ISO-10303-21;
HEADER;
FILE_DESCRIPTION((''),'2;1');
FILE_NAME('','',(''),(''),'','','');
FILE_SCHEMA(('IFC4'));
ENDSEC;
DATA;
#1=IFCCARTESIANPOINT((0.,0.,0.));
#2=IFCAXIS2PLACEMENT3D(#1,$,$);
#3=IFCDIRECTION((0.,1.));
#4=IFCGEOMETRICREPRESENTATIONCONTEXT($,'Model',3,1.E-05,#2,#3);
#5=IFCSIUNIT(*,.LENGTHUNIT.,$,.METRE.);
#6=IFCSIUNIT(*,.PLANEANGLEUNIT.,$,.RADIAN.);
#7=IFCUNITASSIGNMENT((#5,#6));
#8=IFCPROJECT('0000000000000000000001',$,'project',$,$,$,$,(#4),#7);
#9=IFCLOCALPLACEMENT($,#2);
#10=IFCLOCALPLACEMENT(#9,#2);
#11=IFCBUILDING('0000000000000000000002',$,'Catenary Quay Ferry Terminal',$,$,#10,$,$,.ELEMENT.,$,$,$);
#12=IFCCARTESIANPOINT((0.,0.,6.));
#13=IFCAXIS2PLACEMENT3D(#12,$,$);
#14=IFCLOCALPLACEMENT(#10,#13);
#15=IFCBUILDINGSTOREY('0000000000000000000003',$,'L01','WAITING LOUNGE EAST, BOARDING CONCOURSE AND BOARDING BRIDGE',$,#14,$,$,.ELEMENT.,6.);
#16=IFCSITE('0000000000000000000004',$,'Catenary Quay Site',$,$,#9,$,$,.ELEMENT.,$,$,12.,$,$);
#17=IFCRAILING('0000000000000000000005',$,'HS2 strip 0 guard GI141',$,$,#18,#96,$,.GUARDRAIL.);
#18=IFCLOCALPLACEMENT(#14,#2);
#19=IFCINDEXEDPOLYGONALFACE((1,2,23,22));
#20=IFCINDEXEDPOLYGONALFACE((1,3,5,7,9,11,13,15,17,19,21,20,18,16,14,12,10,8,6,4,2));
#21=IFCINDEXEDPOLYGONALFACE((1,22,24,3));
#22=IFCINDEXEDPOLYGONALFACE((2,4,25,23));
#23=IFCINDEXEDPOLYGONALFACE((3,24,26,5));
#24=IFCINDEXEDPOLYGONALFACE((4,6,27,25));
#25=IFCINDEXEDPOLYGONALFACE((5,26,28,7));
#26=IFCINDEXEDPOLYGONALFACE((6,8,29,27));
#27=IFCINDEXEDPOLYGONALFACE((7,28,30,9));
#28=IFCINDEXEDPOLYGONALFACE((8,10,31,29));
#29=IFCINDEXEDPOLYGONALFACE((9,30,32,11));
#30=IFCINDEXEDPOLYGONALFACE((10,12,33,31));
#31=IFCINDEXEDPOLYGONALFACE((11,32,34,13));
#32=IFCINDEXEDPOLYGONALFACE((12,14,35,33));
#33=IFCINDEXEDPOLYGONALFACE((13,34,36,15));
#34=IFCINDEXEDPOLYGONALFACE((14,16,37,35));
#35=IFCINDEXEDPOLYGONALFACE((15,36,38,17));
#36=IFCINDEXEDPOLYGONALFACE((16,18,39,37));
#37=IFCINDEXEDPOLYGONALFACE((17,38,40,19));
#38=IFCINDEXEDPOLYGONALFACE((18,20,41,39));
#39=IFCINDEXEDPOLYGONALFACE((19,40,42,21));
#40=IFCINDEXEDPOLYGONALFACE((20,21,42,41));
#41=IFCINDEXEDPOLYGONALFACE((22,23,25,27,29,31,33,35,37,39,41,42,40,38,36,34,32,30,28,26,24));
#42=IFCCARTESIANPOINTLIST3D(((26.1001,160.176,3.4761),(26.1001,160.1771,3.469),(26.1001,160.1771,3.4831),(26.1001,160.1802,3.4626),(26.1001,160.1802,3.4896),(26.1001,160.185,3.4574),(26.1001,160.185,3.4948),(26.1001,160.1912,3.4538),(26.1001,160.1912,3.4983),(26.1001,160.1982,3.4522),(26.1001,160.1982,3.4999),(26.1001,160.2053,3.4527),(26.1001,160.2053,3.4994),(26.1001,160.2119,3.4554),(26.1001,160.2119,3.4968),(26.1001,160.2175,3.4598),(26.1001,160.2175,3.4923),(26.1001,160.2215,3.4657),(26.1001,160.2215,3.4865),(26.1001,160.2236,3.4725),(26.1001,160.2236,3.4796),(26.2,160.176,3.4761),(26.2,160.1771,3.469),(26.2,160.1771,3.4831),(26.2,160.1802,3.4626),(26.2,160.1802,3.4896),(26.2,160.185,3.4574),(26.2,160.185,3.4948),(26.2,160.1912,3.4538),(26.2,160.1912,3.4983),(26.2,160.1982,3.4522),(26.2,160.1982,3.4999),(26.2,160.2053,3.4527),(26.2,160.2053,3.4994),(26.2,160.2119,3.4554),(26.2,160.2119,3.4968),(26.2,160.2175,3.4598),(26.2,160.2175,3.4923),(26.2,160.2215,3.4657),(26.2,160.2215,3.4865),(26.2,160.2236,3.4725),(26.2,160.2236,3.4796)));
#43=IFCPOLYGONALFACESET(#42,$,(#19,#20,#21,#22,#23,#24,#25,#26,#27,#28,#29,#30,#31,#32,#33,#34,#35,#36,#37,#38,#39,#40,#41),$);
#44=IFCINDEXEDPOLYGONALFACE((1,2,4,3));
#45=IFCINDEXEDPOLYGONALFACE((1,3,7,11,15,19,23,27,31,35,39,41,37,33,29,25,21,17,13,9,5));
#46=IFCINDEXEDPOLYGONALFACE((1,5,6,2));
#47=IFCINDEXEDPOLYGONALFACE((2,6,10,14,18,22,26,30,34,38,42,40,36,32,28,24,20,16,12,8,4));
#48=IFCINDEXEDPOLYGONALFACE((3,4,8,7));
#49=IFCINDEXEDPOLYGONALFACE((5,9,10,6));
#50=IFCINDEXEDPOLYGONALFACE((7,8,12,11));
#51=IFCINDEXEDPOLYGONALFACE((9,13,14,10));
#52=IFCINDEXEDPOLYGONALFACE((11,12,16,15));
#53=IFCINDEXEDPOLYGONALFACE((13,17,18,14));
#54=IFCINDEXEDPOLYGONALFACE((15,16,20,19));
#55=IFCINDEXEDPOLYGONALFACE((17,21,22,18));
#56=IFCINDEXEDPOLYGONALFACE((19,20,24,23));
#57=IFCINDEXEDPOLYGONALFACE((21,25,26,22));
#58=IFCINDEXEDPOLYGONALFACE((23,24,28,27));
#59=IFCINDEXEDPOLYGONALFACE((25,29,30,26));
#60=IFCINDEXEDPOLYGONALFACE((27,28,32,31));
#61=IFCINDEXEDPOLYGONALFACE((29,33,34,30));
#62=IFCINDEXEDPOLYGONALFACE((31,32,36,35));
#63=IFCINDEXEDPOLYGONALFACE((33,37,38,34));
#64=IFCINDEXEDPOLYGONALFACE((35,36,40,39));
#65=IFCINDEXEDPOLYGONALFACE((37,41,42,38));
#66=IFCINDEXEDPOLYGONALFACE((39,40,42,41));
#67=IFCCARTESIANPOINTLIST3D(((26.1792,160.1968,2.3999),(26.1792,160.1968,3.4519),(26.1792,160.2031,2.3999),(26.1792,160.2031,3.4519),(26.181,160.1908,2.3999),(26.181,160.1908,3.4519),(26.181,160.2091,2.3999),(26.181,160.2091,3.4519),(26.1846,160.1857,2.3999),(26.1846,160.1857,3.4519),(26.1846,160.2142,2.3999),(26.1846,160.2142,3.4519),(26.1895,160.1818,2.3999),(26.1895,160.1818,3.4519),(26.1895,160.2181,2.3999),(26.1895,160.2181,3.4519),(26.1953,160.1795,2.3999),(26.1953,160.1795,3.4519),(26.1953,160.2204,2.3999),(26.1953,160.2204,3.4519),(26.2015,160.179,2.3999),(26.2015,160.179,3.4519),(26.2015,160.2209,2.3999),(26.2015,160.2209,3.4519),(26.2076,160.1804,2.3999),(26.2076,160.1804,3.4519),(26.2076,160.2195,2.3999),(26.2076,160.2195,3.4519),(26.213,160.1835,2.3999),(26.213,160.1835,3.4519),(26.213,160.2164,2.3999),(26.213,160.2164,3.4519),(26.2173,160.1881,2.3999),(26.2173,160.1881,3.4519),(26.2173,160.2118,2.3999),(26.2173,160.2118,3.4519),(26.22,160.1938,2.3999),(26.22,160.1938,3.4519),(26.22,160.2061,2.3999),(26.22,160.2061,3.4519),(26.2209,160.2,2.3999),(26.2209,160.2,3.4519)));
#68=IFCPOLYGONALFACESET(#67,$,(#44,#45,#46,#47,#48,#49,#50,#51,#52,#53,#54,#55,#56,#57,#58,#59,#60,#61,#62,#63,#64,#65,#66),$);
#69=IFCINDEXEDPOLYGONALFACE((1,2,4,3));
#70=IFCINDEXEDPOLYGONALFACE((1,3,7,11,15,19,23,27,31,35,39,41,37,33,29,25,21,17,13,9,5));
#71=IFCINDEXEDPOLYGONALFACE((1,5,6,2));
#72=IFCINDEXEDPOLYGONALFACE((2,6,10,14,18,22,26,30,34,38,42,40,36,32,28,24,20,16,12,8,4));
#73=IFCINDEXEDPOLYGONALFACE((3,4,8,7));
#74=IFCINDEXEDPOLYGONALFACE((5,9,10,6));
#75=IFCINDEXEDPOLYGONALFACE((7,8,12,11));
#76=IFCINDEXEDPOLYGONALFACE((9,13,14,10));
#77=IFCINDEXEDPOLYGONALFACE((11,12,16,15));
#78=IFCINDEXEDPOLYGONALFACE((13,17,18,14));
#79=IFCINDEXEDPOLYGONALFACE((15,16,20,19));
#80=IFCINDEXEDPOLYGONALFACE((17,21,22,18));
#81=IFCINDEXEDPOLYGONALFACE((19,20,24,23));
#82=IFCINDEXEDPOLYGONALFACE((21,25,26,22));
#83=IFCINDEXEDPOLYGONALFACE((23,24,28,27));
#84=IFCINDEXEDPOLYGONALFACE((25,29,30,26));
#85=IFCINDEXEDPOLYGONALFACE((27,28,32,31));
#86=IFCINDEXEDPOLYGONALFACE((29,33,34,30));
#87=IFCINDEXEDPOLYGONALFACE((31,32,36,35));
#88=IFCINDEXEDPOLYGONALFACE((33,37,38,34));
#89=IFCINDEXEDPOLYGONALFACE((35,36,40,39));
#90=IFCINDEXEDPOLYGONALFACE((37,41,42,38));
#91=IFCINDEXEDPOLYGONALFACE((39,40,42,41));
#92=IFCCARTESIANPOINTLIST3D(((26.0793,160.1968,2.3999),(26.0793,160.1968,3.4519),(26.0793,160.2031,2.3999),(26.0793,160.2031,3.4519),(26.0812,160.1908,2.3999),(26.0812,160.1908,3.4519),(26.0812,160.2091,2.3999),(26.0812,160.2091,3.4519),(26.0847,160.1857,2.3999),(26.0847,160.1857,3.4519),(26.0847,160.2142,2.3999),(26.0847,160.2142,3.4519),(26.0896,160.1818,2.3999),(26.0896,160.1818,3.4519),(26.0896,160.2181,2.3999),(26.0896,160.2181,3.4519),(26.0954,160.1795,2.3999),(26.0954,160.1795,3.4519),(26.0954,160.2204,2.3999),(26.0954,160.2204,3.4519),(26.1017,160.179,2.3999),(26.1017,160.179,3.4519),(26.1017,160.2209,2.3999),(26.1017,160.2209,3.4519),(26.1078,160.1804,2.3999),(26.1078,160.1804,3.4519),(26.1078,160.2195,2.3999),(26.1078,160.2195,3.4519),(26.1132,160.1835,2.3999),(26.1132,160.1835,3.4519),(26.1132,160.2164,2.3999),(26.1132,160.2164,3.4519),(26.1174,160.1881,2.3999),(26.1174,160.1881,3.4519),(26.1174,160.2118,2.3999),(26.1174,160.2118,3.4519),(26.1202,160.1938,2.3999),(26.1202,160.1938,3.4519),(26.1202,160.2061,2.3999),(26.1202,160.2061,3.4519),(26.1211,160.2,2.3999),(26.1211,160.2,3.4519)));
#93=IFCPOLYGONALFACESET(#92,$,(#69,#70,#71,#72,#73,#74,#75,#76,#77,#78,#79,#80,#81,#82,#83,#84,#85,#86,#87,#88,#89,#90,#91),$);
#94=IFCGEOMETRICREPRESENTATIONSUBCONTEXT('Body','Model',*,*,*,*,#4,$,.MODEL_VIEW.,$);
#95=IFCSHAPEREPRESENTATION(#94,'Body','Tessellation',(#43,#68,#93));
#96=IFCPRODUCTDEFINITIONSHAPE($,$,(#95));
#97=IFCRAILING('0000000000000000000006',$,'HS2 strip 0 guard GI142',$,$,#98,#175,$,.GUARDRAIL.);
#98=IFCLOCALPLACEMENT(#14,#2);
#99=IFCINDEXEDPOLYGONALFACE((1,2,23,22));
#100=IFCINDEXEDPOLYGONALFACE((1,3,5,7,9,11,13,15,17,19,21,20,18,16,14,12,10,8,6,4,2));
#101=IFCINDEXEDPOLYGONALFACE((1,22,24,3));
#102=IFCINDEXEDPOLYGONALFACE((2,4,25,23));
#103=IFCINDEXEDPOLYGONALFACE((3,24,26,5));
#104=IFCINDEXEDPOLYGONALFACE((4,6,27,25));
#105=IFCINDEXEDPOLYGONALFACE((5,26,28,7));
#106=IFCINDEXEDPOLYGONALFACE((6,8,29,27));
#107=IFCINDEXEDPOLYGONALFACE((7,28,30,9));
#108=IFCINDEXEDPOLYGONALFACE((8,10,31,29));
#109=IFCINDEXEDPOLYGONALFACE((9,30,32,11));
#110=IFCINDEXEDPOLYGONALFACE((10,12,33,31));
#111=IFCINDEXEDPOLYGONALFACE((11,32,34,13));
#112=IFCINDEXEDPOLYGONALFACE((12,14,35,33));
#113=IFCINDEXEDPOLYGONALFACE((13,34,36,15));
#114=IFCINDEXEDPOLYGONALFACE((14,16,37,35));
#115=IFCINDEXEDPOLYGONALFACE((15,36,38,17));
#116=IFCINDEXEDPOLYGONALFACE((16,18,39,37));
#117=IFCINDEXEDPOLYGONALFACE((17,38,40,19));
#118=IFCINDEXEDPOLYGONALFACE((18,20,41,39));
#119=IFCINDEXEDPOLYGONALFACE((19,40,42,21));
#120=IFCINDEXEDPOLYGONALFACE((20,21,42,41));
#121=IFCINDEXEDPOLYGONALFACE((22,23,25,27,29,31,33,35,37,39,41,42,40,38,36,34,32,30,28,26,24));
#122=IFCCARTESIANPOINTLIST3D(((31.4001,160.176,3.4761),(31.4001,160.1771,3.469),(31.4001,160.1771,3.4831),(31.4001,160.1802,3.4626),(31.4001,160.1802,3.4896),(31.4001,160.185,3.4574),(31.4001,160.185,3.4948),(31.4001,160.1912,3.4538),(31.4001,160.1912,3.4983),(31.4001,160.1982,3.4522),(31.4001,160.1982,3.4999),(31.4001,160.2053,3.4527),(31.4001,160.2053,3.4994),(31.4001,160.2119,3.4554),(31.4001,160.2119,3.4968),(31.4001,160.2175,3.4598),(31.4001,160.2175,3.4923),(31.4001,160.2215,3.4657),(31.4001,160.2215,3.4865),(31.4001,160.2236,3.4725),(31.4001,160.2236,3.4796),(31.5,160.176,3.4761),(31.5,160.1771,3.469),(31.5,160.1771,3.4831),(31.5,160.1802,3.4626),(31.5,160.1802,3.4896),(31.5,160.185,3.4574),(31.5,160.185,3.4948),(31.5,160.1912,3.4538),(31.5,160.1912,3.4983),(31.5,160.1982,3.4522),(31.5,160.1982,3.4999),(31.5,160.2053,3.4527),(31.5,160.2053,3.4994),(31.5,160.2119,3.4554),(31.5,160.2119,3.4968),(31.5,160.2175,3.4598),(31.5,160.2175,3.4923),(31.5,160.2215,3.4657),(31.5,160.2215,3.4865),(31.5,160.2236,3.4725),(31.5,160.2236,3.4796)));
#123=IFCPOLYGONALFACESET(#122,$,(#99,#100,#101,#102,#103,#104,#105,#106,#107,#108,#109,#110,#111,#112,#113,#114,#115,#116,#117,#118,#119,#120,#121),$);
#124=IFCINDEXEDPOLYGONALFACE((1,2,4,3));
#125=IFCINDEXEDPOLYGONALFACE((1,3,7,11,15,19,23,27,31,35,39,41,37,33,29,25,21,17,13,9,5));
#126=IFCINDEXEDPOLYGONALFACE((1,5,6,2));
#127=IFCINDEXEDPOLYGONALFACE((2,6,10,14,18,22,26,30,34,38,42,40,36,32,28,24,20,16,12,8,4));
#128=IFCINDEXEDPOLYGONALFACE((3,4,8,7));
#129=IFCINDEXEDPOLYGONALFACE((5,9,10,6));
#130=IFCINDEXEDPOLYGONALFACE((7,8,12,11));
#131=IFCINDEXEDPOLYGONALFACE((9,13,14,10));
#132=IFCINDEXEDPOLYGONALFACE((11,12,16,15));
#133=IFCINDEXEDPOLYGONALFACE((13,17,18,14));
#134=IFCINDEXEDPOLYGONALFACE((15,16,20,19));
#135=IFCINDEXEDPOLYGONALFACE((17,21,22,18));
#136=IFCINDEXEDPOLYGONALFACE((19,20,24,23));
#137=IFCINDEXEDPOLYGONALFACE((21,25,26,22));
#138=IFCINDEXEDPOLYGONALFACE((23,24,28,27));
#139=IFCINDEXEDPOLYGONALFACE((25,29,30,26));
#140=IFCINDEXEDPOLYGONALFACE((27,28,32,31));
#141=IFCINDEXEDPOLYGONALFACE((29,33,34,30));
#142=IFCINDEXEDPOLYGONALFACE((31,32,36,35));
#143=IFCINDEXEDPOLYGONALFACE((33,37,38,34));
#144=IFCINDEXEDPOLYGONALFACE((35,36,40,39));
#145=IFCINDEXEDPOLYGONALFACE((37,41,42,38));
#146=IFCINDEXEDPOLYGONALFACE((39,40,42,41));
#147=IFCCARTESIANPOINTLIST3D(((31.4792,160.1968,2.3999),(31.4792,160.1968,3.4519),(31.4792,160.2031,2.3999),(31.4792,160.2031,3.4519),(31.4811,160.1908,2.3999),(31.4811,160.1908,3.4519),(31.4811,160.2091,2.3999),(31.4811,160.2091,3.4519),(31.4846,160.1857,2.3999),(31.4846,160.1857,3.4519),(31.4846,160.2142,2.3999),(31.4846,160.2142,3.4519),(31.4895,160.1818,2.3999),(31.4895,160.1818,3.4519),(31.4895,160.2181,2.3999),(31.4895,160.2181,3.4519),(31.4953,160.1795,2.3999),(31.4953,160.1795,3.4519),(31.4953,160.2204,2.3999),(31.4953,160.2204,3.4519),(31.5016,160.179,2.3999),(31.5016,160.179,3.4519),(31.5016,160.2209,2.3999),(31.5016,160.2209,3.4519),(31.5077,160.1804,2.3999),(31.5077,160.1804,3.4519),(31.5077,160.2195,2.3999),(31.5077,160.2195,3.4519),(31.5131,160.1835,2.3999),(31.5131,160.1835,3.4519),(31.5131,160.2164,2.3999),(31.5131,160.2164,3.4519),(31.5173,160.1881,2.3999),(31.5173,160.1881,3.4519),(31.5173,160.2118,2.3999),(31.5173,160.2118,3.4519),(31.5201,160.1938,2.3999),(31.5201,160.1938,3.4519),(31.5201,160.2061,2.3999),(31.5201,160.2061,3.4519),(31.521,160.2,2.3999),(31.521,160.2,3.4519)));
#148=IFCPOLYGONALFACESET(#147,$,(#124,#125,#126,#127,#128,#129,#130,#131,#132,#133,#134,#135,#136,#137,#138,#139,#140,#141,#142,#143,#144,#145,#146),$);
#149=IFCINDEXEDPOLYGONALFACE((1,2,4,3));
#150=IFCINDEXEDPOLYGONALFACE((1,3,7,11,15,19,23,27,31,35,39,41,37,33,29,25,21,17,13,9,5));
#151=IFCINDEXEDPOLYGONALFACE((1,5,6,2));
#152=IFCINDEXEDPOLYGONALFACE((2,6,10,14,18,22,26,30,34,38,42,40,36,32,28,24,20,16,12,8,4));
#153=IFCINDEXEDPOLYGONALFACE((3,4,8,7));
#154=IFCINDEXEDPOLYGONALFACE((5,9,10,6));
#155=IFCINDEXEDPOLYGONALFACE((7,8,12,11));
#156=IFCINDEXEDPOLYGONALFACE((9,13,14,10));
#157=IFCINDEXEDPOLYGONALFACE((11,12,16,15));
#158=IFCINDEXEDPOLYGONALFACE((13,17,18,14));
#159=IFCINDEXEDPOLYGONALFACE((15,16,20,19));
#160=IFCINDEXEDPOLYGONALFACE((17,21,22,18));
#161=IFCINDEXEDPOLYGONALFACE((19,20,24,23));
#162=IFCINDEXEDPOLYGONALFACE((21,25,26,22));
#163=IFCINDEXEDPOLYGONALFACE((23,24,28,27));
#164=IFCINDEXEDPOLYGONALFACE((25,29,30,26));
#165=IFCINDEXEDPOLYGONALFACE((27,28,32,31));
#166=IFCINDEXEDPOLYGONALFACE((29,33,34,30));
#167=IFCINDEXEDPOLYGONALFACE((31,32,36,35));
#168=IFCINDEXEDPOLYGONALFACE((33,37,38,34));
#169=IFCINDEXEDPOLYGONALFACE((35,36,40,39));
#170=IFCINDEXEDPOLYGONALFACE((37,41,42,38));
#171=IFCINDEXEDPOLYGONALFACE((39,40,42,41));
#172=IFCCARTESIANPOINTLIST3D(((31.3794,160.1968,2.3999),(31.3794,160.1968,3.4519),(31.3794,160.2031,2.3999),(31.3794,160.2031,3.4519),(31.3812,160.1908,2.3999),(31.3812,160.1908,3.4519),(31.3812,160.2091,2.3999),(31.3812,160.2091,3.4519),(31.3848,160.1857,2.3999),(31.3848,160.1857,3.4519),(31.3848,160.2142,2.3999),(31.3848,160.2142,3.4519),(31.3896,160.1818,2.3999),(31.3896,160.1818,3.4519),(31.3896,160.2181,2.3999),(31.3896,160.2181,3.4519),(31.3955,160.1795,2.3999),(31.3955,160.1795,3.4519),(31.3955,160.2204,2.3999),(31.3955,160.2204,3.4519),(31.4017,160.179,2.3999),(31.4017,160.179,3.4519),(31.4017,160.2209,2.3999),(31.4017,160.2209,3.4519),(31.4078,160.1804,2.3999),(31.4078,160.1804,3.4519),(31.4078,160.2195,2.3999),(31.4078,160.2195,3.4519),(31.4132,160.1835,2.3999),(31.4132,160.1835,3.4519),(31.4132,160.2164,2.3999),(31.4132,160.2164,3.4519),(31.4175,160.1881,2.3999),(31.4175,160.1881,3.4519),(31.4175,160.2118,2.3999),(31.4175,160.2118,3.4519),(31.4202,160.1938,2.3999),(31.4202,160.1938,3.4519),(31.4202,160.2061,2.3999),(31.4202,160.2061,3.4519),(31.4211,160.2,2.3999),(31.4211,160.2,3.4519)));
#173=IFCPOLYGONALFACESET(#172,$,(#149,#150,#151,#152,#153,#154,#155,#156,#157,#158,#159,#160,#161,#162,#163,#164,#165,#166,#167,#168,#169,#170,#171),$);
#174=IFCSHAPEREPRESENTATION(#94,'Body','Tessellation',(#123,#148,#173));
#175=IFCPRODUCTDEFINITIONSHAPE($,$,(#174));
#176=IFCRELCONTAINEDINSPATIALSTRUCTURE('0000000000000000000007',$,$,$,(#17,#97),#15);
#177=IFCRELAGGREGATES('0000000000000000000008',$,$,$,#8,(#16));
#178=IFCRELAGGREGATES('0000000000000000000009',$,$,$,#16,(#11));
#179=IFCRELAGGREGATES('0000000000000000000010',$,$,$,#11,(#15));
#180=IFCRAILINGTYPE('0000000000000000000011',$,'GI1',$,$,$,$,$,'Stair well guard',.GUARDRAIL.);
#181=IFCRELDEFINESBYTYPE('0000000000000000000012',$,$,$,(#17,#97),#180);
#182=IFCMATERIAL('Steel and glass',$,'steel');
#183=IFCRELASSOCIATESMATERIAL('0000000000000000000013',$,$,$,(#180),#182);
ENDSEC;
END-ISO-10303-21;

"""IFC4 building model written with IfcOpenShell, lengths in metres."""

from ifc_helpers import new_model, si_unit, direction, frame, origin, origin_2d, place, context, subcontext, project, spatial, circle, extrude, material, type_object, element, save


model = new_model("IFC4")

# Units and contexts
model_context = context("Model", 3, precision=1e-05, world=origin(), true_north=direction((0.0, 1.0)))
body_context = subcontext(model_context, "Body", "Model", "MODEL_VIEW")
ifc_project = project(units=[si_unit("LENGTHUNIT", "METRE"), si_unit("PLANEANGLEUNIT", "RADIAN")], contexts=[model_context])

# Site, building, storey
site_placement = place(None, origin())
site = spatial("IfcSite", under=ifc_project, at=site_placement, Name="Catenary Quay Site", CompositionType="ELEMENT", RefElevation=12.0)
building_placement = place(site_placement, origin())
building = spatial("IfcBuilding", under=site, at=building_placement, Name="Catenary Quay Ferry Terminal", CompositionType="ELEMENT")
storey_placement = place(building_placement, frame((0.0, 0.0, 6.0)))
storey = spatial("IfcBuildingStorey", under=building, at=storey_placement, Name="L01", Description="WAITING LOUNGE EAST, BOARDING CONCOURSE AND BOARDING BRIDGE", CompositionType="ELEMENT", Elevation=6.0)

# Railings
ifc_material_1 = material(Name="Steel and glass", Category="steel")
railing_type_1 = type_object("IfcRailingType", Name="GI1", ElementType="Stair well guard", PredefinedType="GUARDRAIL", material=ifc_material_1)
for number, where, name in (
    (1, (26.2, 160.2, 2.3999), "HS2 strip 0 guard GI141"),
    (2, (31.5, 160.2, 2.3999), "HS2 strip 0 guard GI142"),
):
    element("IfcRailing", number, at=place(storey_placement, frame(where)), inside=storey, type_object=railing_type_1, Name=name, PredefinedType="GUARDRAIL", context=body_context, shape_type="SweptSolid", body=[
        extrude(circle(Radius=0.0239, at=origin_2d()), frame((0.0, 0.0, 1.0762), z_axis=(-1.0, 0.0, 0.0), x_axis=(0.0, -1.0, 0.0)), (0.0, 0.0, 1.0), 0.0999),
        extrude(circle(Radius=0.021, at=origin_2d()), origin(), (0.0, 0.0, 1.0), 1.052),
        extrude(circle(Radius=0.021, at=origin_2d()), frame((-0.0999, 0.0, 0.0)), (0.0, 0.0, 1.0), 1.052),
    ])

save(model, "model.ifc")
